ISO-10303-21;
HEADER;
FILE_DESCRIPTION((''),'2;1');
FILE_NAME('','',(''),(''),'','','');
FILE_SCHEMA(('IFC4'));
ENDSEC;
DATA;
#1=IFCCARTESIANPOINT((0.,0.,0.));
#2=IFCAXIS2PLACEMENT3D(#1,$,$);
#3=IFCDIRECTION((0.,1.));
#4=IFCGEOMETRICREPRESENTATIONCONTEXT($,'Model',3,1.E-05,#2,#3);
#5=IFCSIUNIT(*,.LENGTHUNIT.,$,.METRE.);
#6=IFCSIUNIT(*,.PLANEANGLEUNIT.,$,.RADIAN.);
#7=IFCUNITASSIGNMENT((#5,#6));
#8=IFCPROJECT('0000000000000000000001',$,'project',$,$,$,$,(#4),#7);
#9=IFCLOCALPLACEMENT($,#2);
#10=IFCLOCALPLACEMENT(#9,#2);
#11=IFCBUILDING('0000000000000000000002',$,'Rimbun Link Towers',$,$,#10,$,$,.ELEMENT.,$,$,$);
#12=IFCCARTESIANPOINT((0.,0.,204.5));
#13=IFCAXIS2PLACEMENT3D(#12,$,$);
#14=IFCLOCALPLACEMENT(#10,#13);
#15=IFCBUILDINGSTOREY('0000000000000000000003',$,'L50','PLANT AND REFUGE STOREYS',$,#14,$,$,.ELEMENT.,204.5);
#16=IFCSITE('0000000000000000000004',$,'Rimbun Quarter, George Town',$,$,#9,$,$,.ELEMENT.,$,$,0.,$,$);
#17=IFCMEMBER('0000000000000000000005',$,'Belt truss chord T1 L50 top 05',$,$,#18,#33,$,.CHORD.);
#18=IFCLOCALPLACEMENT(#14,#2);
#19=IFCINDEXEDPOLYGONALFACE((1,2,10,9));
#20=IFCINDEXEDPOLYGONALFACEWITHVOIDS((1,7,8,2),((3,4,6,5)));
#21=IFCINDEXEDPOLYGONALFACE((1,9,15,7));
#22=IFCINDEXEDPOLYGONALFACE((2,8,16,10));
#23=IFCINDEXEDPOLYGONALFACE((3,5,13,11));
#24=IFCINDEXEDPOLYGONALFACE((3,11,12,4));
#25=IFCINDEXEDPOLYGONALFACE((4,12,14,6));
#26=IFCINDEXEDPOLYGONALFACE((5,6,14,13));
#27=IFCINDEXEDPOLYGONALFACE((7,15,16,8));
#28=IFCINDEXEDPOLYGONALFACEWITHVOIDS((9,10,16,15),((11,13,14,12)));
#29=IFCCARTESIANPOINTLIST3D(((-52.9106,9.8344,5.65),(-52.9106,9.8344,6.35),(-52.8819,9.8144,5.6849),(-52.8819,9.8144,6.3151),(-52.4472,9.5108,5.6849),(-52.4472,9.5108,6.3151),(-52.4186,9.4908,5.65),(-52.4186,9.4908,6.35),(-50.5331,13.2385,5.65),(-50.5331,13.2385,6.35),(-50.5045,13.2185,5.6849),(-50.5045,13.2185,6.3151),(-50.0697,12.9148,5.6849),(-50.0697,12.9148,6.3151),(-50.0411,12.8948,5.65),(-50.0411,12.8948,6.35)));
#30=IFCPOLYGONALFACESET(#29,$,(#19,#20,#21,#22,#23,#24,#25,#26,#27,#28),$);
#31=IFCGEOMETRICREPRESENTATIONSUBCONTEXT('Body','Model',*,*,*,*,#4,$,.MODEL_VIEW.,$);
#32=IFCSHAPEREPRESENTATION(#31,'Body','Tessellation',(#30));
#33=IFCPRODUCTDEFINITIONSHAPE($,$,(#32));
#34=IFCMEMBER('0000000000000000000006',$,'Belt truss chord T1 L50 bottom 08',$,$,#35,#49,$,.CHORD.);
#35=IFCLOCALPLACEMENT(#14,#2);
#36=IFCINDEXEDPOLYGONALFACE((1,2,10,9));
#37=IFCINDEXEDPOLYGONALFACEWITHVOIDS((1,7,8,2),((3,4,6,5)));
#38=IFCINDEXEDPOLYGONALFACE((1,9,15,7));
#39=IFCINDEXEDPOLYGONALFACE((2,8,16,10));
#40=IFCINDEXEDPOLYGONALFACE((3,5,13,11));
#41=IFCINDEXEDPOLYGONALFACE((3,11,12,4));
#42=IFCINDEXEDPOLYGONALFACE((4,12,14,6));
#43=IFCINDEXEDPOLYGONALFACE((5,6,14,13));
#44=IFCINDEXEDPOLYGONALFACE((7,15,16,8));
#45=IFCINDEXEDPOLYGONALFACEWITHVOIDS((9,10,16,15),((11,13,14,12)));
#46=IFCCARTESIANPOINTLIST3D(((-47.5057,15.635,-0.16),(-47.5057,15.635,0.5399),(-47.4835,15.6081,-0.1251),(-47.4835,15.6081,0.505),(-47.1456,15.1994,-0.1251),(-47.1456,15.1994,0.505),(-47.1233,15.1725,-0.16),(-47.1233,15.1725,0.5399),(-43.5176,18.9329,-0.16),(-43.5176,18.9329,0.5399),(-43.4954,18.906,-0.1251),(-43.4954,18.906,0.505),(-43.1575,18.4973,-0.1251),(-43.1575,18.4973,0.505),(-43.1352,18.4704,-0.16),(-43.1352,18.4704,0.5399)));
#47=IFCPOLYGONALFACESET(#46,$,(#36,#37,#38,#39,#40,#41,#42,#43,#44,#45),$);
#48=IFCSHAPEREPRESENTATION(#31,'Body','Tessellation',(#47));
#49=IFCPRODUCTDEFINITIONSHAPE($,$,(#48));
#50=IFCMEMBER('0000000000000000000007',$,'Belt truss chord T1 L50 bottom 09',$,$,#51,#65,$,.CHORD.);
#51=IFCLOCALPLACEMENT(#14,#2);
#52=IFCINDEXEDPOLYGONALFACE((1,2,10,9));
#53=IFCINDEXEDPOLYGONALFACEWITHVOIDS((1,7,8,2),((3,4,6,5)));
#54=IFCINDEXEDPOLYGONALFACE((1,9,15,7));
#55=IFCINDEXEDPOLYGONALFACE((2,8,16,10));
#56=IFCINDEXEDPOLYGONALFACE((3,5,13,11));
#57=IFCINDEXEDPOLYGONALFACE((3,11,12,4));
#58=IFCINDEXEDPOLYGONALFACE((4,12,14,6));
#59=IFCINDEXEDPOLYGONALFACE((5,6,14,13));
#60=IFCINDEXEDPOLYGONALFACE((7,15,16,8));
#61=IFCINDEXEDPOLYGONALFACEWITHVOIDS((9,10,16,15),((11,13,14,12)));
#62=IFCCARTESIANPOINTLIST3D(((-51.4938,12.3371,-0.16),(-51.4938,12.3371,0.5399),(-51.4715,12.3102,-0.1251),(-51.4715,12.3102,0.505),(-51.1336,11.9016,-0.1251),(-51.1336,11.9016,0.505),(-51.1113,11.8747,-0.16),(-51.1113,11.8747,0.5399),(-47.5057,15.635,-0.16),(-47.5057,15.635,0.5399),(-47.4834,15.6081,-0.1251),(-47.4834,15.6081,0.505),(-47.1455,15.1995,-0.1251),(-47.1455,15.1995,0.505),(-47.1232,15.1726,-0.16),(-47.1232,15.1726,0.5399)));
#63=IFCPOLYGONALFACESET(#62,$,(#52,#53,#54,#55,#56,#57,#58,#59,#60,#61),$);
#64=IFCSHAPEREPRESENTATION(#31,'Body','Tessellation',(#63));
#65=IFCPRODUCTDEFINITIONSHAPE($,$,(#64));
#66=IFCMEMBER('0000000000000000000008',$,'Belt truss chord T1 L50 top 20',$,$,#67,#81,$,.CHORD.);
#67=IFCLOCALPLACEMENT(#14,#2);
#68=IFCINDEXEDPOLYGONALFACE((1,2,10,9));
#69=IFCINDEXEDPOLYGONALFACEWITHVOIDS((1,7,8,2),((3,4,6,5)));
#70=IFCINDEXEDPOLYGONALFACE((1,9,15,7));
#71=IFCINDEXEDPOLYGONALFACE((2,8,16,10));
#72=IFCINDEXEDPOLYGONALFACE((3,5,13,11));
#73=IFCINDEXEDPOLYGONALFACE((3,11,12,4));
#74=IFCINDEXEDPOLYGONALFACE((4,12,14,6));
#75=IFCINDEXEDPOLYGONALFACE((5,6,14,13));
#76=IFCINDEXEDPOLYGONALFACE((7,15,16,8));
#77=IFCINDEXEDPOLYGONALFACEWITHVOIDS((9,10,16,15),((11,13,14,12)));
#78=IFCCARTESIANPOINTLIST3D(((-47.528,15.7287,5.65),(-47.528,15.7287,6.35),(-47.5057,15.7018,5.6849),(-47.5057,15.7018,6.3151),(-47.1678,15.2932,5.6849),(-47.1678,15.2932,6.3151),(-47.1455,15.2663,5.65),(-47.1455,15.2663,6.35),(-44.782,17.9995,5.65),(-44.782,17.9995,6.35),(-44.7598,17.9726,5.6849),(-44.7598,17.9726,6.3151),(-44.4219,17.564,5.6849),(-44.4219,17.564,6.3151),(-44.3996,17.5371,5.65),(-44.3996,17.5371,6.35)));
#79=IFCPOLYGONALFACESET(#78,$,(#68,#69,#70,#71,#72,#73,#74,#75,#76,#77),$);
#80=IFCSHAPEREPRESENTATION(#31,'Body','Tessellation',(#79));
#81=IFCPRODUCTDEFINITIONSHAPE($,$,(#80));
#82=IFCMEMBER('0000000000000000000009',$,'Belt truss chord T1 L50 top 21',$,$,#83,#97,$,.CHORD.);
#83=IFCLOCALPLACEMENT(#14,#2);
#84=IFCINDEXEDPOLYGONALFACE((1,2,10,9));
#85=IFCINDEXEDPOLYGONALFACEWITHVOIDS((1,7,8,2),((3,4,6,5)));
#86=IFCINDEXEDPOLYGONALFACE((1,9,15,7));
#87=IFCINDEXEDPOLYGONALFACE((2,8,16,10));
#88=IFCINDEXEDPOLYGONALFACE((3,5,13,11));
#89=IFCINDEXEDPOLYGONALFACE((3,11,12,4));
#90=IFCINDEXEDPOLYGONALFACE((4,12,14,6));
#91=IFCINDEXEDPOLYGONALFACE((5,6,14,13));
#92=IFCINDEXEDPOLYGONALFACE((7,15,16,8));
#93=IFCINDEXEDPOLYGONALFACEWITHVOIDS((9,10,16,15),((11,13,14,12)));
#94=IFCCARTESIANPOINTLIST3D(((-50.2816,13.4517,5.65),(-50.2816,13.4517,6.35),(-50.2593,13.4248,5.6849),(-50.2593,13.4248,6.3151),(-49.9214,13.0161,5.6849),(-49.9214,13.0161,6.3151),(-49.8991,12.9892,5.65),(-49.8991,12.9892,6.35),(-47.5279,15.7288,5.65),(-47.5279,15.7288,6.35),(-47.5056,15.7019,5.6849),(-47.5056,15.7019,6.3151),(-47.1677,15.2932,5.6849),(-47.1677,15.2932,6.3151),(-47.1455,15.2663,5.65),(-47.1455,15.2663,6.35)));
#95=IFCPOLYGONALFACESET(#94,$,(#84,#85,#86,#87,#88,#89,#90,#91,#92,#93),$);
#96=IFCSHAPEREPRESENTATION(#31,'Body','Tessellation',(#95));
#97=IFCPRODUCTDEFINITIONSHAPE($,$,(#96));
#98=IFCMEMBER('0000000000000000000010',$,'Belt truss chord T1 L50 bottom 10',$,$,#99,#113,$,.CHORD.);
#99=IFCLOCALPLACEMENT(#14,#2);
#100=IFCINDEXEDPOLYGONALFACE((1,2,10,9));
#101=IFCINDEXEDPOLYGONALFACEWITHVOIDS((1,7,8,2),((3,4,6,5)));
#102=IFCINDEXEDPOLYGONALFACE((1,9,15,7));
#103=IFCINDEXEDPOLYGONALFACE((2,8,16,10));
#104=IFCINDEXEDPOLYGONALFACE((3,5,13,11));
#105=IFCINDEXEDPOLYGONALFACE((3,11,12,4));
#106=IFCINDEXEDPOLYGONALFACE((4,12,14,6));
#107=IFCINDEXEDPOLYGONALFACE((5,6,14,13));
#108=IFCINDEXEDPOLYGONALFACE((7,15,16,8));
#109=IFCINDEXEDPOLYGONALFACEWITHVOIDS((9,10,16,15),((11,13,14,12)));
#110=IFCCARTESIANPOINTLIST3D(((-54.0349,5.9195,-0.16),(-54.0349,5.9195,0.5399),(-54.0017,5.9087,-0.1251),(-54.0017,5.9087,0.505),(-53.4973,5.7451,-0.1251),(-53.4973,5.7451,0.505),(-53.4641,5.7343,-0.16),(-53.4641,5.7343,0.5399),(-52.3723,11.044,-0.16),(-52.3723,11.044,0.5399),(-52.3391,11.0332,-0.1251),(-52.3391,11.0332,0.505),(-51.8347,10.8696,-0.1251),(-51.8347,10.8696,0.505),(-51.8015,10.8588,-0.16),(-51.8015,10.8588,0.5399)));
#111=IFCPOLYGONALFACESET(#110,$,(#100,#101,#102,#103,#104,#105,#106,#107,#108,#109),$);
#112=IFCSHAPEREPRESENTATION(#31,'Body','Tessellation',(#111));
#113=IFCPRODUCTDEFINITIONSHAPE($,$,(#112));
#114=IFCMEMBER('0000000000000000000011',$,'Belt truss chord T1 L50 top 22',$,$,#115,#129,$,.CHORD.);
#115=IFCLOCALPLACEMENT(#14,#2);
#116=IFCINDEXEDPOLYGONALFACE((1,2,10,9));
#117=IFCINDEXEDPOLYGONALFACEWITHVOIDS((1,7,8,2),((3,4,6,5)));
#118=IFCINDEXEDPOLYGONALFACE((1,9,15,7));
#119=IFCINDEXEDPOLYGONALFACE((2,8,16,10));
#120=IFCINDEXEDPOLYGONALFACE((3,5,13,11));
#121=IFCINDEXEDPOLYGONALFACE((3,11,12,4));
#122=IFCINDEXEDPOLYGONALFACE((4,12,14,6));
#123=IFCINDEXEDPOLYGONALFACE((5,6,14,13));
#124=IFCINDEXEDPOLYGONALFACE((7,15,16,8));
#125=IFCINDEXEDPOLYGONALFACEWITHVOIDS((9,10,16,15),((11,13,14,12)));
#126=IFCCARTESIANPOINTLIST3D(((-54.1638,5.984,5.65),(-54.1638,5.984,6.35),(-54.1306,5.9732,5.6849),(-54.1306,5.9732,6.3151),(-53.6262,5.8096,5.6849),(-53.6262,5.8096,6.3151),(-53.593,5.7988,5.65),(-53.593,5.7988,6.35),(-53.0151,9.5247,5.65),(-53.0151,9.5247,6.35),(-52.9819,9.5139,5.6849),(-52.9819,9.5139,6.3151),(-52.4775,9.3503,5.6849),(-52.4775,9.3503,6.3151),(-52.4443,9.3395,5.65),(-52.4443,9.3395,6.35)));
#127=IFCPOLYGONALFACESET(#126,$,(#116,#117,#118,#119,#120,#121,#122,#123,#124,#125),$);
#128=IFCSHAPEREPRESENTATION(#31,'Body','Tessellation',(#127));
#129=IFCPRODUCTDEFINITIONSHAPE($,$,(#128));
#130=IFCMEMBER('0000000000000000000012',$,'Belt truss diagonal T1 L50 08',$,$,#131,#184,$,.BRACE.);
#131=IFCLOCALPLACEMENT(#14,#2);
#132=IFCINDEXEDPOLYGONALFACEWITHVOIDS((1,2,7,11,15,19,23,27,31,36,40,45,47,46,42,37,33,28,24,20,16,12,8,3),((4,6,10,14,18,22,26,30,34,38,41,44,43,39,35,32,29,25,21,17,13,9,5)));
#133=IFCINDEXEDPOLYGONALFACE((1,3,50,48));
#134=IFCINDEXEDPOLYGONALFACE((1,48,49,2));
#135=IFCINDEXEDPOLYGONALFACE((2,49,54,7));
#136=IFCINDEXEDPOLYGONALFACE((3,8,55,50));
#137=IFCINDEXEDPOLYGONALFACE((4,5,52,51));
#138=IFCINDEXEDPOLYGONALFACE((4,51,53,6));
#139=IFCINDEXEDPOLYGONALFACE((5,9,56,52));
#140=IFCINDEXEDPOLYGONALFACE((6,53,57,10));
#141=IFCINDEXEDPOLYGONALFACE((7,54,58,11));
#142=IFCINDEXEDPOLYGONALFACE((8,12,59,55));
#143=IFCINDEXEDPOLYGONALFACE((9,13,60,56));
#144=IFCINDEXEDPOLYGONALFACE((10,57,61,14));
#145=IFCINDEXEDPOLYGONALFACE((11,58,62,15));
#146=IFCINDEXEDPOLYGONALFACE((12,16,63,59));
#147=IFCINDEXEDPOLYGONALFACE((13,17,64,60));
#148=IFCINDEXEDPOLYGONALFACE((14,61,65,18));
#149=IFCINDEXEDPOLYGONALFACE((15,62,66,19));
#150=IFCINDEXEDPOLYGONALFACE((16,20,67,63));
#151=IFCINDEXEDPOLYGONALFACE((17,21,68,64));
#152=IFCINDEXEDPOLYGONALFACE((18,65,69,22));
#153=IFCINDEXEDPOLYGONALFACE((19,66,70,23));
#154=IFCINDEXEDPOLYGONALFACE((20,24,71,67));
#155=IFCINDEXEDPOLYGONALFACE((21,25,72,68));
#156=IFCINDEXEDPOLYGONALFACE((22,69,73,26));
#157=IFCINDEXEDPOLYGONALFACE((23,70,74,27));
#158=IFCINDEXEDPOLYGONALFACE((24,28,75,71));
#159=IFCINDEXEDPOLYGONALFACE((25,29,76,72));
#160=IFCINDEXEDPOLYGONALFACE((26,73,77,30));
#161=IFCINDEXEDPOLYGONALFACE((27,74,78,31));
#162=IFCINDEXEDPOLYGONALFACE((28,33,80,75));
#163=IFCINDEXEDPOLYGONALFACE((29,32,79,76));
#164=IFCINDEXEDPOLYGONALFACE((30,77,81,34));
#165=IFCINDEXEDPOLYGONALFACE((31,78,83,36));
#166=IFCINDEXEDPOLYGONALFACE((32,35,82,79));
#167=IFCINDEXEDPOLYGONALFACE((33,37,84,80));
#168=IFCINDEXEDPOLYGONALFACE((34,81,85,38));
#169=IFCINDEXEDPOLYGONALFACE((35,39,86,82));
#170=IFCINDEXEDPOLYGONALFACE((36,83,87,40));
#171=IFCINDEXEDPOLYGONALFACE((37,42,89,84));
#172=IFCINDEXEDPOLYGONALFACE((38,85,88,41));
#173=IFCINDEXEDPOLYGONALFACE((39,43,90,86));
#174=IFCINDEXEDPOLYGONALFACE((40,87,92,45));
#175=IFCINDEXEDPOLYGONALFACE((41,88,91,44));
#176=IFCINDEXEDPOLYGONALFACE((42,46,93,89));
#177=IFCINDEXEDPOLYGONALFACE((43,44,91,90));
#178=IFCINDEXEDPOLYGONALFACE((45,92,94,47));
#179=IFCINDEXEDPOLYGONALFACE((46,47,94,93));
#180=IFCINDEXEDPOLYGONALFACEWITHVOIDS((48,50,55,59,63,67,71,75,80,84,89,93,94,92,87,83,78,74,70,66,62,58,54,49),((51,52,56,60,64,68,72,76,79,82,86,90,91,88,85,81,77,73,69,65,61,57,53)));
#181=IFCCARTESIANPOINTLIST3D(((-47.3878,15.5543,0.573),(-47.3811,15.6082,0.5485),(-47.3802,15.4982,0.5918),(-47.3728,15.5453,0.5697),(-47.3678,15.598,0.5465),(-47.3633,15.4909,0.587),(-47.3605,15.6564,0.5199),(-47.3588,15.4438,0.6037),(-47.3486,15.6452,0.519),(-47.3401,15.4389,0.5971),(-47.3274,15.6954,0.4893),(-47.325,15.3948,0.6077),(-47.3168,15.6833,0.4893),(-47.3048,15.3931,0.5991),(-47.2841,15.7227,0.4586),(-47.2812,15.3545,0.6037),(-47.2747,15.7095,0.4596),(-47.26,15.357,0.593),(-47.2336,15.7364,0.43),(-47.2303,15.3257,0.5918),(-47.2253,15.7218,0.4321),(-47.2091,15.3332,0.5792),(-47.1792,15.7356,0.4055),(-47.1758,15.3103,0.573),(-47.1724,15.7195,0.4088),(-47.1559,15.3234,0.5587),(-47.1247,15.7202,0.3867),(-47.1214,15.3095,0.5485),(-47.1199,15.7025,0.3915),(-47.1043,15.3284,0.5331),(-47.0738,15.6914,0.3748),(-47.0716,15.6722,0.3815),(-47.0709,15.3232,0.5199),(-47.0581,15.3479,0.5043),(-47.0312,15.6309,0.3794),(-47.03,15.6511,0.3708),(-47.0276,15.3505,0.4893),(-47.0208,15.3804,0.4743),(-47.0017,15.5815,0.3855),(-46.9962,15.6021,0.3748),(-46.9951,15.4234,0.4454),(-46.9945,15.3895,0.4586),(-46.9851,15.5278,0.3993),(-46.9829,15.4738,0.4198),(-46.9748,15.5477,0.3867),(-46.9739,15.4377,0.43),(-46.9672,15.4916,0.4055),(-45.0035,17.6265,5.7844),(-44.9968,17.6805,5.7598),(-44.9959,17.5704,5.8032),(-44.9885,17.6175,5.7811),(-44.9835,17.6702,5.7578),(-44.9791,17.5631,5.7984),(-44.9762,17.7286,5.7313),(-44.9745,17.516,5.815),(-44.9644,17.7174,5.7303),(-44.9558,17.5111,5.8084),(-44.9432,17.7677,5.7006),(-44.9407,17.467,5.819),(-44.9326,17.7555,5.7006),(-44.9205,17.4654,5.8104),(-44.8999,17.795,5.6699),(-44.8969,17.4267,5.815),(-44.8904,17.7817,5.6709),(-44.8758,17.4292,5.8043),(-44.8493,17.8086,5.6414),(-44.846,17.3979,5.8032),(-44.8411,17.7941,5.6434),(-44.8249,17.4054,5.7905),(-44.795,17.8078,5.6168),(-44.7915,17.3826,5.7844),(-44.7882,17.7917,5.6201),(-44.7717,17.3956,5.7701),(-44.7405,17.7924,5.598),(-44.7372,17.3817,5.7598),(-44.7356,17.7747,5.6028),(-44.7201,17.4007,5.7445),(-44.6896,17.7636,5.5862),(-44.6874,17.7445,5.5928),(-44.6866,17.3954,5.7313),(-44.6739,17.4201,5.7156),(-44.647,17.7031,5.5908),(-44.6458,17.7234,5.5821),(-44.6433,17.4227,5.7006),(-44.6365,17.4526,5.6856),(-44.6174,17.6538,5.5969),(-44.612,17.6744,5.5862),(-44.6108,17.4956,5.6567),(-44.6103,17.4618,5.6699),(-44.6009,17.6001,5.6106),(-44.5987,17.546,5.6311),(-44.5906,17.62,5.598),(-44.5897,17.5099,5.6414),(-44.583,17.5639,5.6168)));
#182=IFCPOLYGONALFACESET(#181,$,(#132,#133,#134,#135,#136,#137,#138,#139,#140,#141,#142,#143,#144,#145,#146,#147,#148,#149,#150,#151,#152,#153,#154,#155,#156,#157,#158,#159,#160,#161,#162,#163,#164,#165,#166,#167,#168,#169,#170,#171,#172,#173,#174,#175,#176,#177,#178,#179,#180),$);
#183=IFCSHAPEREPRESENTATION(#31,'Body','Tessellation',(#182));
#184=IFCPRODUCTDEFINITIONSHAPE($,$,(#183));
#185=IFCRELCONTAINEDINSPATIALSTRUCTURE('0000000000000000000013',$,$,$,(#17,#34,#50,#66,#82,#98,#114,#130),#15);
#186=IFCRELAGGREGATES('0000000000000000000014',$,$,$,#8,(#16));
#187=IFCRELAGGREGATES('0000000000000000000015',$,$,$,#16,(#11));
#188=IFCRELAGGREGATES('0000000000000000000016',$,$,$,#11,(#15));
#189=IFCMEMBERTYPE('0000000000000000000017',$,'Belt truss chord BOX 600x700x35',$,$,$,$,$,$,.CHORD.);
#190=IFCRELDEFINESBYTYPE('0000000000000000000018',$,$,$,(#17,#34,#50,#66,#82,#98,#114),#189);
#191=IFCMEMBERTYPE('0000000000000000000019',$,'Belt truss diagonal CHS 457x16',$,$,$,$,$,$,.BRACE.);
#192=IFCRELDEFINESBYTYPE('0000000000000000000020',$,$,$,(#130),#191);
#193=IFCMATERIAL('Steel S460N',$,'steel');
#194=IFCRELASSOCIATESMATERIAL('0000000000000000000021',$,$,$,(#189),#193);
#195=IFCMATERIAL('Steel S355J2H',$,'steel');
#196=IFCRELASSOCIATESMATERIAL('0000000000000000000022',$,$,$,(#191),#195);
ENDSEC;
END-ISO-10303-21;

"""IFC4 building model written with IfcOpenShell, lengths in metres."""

from ifc_helpers import new_model, si_unit, direction, frame, origin, origin_2d, place, context, subcontext, project, spatial, hollow_rectangle, hollow_circle, extrude, material, material_profile, profile_set, type_object, element, save


model = new_model("IFC4")

# Units and contexts
model_context = context("Model", 3, precision=1e-05, world=origin(), true_north=direction((0.0, 1.0)))
body_context = subcontext(model_context, "Body", "Model", "MODEL_VIEW")
ifc_project = project(units=[si_unit("LENGTHUNIT", "METRE"), si_unit("PLANEANGLEUNIT", "RADIAN")], contexts=[model_context])

# Site, building, storey
site_placement = place(None, origin())
site = spatial("IfcSite", under=ifc_project, at=site_placement, Name="Rimbun Quarter, George Town", CompositionType="ELEMENT", RefElevation=0.0)
building_placement = place(site_placement, origin())
building = spatial("IfcBuilding", under=site, at=building_placement, Name="Rimbun Link Towers", CompositionType="ELEMENT")
storey_placement = place(building_placement, frame((0.0, 0.0, 204.5)))
storey = spatial("IfcBuildingStorey", under=building, at=storey_placement, Name="L50", Description="PLANT AND REFUGE STOREYS", CompositionType="ELEMENT", Elevation=204.5)

# Members
ifc_material_1 = material(Name="Steel S460N", Category="steel")
ifc_material_profile_1 = material_profile(ifc_material_1, hollow_rectangle(XDim=0.6001, YDim=0.7, WallThickness=0.0349, at=origin_2d()), Name="Belt truss chord BOX 600x700x35")
ifc_profile_set_1 = profile_set([ifc_material_profile_1], Name="Steel S460N")
member_type_1 = type_object("IfcMemberType", Name="Belt truss chord BOX 600x700x35", PredefinedType="CHORD", material=ifc_profile_set_1)
member_1_placement = place(storey_placement, frame((-50.2871, 13.0667, 6.0), z_axis=(-0.57259, -0.819842, 0.0), x_axis=(0.819842, -0.57259, 0.0)))
element("IfcMember", 1, at=member_1_placement, inside=storey, type_object=member_type_1, Name="Belt truss chord T1 L50 top 05", PredefinedType="CHORD", context=body_context, shape_type="SweptSolid", body=[
    extrude(hollow_rectangle(XDim=0.6001, YDim=0.7, WallThickness=0.0349, at=origin_2d()), origin(), (0.0, 0.0, 1.0), 4.1521),
])
for number, where, z_axis, x_axis, name in (
    (2, (-43.3264, 18.7017, 0.1899), (-0.77064, -0.63727, 0.0), (0.63727, -0.77064, 0.0), "Belt truss chord T1 L50 bottom 08"),
    (3, (-47.3145, 15.4038, 0.1899), (-0.77064, -0.63727, 0.0), (0.63727, -0.77064, 0.0), "Belt truss chord T1 L50 bottom 09"),
):
    element("IfcMember", number, at=place(storey_placement, frame(where, z_axis=z_axis, x_axis=x_axis)), inside=storey, type_object=member_type_1, Name=name, PredefinedType="CHORD", context=body_context, shape_type="SweptSolid", body=[
        extrude(hollow_rectangle(XDim=0.6001, YDim=0.7, WallThickness=0.0349, at=origin_2d()), origin(), (0.0, 0.0, 1.0), 5.175),
    ])
member_2_placement = place(storey_placement, frame((-44.5908, 17.7683, 6.0), z_axis=(-0.770625, -0.637289, 0.0), x_axis=(0.637289, -0.770625, 0.0)))
element("IfcMember", 4, at=member_2_placement, inside=storey, type_object=member_type_1, Name="Belt truss chord T1 L50 top 20", PredefinedType="CHORD", context=body_context, shape_type="SweptSolid", body=[
    extrude(hollow_rectangle(XDim=0.6001, YDim=0.7, WallThickness=0.0349, at=origin_2d()), origin(), (0.0, 0.0, 1.0), 3.5632),
])
member_3_placement = place(storey_placement, frame((-47.3367, 15.4976, 6.0), z_axis=(-0.770641, -0.63727, 0.0), x_axis=(0.63727, -0.770641, 0.0)))
element("IfcMember", 5, at=member_3_placement, inside=storey, type_object=member_type_1, Name="Belt truss chord T1 L50 top 21", PredefinedType="CHORD", context=body_context, shape_type="SweptSolid", body=[
    extrude(hollow_rectangle(XDim=0.6001, YDim=0.7, WallThickness=0.0349, at=origin_2d()), origin(), (0.0, 0.0, 1.0), 3.5732),
])
member_4_placement = place(storey_placement, frame((-52.0869, 10.9514, 0.1899), z_axis=(-0.308604, -0.95119, 0.0), x_axis=(0.95119, -0.308604, 0.0)))
element("IfcMember", 6, at=member_4_placement, inside=storey, type_object=member_type_1, Name="Belt truss chord T1 L50 bottom 10", PredefinedType="CHORD", context=body_context, shape_type="SweptSolid", body=[
    extrude(hollow_rectangle(XDim=0.6001, YDim=0.7, WallThickness=0.0349, at=origin_2d()), origin(), (0.0, 0.0, 1.0), 5.3875),
])
member_5_placement = place(storey_placement, frame((-52.7297, 9.4321, 6.0), z_axis=(-0.308583, -0.951197, 0.0), x_axis=(0.951197, -0.308583, 0.0)))
element("IfcMember", 7, at=member_5_placement, inside=storey, type_object=member_type_1, Name="Belt truss chord T1 L50 top 22", PredefinedType="CHORD", context=body_context, shape_type="SweptSolid", body=[
    extrude(hollow_rectangle(XDim=0.6001, YDim=0.7, WallThickness=0.0349, at=origin_2d()), origin(), (0.0, 0.0, 1.0), 3.7224),
])
ifc_material_2 = material(Name="Steel S355J2H", Category="steel")
ifc_material_profile_2 = material_profile(ifc_material_2, hollow_circle(Radius=0.2285, WallThickness=0.0161, at=origin_2d()), Name="Belt truss diagonal CHS 457x16")
ifc_profile_set_2 = profile_set([ifc_material_profile_2], Name="Steel S355J2H")
member_type_2 = type_object("IfcMemberType", Name="Belt truss diagonal CHS 457x16", PredefinedType="BRACE", material=ifc_profile_set_2)
member_6_placement = place(storey_placement, frame((-47.1775, 15.5229, 0.4893), z_axis=(0.391244, 0.340045, 0.85516), x_axis=(-0.655995, 0.754765, 0.0)))
element("IfcMember", 8, at=member_6_placement, inside=storey, type_object=member_type_2, Name="Belt truss diagonal T1 L50 08", PredefinedType="BRACE", context=body_context, shape_type="SweptSolid", body=[
    extrude(hollow_circle(Radius=0.2285, WallThickness=0.0161, at=origin_2d()), origin(), (0.0, 0.0, 1.0), 6.094),
])

save(model, "model.ifc")
